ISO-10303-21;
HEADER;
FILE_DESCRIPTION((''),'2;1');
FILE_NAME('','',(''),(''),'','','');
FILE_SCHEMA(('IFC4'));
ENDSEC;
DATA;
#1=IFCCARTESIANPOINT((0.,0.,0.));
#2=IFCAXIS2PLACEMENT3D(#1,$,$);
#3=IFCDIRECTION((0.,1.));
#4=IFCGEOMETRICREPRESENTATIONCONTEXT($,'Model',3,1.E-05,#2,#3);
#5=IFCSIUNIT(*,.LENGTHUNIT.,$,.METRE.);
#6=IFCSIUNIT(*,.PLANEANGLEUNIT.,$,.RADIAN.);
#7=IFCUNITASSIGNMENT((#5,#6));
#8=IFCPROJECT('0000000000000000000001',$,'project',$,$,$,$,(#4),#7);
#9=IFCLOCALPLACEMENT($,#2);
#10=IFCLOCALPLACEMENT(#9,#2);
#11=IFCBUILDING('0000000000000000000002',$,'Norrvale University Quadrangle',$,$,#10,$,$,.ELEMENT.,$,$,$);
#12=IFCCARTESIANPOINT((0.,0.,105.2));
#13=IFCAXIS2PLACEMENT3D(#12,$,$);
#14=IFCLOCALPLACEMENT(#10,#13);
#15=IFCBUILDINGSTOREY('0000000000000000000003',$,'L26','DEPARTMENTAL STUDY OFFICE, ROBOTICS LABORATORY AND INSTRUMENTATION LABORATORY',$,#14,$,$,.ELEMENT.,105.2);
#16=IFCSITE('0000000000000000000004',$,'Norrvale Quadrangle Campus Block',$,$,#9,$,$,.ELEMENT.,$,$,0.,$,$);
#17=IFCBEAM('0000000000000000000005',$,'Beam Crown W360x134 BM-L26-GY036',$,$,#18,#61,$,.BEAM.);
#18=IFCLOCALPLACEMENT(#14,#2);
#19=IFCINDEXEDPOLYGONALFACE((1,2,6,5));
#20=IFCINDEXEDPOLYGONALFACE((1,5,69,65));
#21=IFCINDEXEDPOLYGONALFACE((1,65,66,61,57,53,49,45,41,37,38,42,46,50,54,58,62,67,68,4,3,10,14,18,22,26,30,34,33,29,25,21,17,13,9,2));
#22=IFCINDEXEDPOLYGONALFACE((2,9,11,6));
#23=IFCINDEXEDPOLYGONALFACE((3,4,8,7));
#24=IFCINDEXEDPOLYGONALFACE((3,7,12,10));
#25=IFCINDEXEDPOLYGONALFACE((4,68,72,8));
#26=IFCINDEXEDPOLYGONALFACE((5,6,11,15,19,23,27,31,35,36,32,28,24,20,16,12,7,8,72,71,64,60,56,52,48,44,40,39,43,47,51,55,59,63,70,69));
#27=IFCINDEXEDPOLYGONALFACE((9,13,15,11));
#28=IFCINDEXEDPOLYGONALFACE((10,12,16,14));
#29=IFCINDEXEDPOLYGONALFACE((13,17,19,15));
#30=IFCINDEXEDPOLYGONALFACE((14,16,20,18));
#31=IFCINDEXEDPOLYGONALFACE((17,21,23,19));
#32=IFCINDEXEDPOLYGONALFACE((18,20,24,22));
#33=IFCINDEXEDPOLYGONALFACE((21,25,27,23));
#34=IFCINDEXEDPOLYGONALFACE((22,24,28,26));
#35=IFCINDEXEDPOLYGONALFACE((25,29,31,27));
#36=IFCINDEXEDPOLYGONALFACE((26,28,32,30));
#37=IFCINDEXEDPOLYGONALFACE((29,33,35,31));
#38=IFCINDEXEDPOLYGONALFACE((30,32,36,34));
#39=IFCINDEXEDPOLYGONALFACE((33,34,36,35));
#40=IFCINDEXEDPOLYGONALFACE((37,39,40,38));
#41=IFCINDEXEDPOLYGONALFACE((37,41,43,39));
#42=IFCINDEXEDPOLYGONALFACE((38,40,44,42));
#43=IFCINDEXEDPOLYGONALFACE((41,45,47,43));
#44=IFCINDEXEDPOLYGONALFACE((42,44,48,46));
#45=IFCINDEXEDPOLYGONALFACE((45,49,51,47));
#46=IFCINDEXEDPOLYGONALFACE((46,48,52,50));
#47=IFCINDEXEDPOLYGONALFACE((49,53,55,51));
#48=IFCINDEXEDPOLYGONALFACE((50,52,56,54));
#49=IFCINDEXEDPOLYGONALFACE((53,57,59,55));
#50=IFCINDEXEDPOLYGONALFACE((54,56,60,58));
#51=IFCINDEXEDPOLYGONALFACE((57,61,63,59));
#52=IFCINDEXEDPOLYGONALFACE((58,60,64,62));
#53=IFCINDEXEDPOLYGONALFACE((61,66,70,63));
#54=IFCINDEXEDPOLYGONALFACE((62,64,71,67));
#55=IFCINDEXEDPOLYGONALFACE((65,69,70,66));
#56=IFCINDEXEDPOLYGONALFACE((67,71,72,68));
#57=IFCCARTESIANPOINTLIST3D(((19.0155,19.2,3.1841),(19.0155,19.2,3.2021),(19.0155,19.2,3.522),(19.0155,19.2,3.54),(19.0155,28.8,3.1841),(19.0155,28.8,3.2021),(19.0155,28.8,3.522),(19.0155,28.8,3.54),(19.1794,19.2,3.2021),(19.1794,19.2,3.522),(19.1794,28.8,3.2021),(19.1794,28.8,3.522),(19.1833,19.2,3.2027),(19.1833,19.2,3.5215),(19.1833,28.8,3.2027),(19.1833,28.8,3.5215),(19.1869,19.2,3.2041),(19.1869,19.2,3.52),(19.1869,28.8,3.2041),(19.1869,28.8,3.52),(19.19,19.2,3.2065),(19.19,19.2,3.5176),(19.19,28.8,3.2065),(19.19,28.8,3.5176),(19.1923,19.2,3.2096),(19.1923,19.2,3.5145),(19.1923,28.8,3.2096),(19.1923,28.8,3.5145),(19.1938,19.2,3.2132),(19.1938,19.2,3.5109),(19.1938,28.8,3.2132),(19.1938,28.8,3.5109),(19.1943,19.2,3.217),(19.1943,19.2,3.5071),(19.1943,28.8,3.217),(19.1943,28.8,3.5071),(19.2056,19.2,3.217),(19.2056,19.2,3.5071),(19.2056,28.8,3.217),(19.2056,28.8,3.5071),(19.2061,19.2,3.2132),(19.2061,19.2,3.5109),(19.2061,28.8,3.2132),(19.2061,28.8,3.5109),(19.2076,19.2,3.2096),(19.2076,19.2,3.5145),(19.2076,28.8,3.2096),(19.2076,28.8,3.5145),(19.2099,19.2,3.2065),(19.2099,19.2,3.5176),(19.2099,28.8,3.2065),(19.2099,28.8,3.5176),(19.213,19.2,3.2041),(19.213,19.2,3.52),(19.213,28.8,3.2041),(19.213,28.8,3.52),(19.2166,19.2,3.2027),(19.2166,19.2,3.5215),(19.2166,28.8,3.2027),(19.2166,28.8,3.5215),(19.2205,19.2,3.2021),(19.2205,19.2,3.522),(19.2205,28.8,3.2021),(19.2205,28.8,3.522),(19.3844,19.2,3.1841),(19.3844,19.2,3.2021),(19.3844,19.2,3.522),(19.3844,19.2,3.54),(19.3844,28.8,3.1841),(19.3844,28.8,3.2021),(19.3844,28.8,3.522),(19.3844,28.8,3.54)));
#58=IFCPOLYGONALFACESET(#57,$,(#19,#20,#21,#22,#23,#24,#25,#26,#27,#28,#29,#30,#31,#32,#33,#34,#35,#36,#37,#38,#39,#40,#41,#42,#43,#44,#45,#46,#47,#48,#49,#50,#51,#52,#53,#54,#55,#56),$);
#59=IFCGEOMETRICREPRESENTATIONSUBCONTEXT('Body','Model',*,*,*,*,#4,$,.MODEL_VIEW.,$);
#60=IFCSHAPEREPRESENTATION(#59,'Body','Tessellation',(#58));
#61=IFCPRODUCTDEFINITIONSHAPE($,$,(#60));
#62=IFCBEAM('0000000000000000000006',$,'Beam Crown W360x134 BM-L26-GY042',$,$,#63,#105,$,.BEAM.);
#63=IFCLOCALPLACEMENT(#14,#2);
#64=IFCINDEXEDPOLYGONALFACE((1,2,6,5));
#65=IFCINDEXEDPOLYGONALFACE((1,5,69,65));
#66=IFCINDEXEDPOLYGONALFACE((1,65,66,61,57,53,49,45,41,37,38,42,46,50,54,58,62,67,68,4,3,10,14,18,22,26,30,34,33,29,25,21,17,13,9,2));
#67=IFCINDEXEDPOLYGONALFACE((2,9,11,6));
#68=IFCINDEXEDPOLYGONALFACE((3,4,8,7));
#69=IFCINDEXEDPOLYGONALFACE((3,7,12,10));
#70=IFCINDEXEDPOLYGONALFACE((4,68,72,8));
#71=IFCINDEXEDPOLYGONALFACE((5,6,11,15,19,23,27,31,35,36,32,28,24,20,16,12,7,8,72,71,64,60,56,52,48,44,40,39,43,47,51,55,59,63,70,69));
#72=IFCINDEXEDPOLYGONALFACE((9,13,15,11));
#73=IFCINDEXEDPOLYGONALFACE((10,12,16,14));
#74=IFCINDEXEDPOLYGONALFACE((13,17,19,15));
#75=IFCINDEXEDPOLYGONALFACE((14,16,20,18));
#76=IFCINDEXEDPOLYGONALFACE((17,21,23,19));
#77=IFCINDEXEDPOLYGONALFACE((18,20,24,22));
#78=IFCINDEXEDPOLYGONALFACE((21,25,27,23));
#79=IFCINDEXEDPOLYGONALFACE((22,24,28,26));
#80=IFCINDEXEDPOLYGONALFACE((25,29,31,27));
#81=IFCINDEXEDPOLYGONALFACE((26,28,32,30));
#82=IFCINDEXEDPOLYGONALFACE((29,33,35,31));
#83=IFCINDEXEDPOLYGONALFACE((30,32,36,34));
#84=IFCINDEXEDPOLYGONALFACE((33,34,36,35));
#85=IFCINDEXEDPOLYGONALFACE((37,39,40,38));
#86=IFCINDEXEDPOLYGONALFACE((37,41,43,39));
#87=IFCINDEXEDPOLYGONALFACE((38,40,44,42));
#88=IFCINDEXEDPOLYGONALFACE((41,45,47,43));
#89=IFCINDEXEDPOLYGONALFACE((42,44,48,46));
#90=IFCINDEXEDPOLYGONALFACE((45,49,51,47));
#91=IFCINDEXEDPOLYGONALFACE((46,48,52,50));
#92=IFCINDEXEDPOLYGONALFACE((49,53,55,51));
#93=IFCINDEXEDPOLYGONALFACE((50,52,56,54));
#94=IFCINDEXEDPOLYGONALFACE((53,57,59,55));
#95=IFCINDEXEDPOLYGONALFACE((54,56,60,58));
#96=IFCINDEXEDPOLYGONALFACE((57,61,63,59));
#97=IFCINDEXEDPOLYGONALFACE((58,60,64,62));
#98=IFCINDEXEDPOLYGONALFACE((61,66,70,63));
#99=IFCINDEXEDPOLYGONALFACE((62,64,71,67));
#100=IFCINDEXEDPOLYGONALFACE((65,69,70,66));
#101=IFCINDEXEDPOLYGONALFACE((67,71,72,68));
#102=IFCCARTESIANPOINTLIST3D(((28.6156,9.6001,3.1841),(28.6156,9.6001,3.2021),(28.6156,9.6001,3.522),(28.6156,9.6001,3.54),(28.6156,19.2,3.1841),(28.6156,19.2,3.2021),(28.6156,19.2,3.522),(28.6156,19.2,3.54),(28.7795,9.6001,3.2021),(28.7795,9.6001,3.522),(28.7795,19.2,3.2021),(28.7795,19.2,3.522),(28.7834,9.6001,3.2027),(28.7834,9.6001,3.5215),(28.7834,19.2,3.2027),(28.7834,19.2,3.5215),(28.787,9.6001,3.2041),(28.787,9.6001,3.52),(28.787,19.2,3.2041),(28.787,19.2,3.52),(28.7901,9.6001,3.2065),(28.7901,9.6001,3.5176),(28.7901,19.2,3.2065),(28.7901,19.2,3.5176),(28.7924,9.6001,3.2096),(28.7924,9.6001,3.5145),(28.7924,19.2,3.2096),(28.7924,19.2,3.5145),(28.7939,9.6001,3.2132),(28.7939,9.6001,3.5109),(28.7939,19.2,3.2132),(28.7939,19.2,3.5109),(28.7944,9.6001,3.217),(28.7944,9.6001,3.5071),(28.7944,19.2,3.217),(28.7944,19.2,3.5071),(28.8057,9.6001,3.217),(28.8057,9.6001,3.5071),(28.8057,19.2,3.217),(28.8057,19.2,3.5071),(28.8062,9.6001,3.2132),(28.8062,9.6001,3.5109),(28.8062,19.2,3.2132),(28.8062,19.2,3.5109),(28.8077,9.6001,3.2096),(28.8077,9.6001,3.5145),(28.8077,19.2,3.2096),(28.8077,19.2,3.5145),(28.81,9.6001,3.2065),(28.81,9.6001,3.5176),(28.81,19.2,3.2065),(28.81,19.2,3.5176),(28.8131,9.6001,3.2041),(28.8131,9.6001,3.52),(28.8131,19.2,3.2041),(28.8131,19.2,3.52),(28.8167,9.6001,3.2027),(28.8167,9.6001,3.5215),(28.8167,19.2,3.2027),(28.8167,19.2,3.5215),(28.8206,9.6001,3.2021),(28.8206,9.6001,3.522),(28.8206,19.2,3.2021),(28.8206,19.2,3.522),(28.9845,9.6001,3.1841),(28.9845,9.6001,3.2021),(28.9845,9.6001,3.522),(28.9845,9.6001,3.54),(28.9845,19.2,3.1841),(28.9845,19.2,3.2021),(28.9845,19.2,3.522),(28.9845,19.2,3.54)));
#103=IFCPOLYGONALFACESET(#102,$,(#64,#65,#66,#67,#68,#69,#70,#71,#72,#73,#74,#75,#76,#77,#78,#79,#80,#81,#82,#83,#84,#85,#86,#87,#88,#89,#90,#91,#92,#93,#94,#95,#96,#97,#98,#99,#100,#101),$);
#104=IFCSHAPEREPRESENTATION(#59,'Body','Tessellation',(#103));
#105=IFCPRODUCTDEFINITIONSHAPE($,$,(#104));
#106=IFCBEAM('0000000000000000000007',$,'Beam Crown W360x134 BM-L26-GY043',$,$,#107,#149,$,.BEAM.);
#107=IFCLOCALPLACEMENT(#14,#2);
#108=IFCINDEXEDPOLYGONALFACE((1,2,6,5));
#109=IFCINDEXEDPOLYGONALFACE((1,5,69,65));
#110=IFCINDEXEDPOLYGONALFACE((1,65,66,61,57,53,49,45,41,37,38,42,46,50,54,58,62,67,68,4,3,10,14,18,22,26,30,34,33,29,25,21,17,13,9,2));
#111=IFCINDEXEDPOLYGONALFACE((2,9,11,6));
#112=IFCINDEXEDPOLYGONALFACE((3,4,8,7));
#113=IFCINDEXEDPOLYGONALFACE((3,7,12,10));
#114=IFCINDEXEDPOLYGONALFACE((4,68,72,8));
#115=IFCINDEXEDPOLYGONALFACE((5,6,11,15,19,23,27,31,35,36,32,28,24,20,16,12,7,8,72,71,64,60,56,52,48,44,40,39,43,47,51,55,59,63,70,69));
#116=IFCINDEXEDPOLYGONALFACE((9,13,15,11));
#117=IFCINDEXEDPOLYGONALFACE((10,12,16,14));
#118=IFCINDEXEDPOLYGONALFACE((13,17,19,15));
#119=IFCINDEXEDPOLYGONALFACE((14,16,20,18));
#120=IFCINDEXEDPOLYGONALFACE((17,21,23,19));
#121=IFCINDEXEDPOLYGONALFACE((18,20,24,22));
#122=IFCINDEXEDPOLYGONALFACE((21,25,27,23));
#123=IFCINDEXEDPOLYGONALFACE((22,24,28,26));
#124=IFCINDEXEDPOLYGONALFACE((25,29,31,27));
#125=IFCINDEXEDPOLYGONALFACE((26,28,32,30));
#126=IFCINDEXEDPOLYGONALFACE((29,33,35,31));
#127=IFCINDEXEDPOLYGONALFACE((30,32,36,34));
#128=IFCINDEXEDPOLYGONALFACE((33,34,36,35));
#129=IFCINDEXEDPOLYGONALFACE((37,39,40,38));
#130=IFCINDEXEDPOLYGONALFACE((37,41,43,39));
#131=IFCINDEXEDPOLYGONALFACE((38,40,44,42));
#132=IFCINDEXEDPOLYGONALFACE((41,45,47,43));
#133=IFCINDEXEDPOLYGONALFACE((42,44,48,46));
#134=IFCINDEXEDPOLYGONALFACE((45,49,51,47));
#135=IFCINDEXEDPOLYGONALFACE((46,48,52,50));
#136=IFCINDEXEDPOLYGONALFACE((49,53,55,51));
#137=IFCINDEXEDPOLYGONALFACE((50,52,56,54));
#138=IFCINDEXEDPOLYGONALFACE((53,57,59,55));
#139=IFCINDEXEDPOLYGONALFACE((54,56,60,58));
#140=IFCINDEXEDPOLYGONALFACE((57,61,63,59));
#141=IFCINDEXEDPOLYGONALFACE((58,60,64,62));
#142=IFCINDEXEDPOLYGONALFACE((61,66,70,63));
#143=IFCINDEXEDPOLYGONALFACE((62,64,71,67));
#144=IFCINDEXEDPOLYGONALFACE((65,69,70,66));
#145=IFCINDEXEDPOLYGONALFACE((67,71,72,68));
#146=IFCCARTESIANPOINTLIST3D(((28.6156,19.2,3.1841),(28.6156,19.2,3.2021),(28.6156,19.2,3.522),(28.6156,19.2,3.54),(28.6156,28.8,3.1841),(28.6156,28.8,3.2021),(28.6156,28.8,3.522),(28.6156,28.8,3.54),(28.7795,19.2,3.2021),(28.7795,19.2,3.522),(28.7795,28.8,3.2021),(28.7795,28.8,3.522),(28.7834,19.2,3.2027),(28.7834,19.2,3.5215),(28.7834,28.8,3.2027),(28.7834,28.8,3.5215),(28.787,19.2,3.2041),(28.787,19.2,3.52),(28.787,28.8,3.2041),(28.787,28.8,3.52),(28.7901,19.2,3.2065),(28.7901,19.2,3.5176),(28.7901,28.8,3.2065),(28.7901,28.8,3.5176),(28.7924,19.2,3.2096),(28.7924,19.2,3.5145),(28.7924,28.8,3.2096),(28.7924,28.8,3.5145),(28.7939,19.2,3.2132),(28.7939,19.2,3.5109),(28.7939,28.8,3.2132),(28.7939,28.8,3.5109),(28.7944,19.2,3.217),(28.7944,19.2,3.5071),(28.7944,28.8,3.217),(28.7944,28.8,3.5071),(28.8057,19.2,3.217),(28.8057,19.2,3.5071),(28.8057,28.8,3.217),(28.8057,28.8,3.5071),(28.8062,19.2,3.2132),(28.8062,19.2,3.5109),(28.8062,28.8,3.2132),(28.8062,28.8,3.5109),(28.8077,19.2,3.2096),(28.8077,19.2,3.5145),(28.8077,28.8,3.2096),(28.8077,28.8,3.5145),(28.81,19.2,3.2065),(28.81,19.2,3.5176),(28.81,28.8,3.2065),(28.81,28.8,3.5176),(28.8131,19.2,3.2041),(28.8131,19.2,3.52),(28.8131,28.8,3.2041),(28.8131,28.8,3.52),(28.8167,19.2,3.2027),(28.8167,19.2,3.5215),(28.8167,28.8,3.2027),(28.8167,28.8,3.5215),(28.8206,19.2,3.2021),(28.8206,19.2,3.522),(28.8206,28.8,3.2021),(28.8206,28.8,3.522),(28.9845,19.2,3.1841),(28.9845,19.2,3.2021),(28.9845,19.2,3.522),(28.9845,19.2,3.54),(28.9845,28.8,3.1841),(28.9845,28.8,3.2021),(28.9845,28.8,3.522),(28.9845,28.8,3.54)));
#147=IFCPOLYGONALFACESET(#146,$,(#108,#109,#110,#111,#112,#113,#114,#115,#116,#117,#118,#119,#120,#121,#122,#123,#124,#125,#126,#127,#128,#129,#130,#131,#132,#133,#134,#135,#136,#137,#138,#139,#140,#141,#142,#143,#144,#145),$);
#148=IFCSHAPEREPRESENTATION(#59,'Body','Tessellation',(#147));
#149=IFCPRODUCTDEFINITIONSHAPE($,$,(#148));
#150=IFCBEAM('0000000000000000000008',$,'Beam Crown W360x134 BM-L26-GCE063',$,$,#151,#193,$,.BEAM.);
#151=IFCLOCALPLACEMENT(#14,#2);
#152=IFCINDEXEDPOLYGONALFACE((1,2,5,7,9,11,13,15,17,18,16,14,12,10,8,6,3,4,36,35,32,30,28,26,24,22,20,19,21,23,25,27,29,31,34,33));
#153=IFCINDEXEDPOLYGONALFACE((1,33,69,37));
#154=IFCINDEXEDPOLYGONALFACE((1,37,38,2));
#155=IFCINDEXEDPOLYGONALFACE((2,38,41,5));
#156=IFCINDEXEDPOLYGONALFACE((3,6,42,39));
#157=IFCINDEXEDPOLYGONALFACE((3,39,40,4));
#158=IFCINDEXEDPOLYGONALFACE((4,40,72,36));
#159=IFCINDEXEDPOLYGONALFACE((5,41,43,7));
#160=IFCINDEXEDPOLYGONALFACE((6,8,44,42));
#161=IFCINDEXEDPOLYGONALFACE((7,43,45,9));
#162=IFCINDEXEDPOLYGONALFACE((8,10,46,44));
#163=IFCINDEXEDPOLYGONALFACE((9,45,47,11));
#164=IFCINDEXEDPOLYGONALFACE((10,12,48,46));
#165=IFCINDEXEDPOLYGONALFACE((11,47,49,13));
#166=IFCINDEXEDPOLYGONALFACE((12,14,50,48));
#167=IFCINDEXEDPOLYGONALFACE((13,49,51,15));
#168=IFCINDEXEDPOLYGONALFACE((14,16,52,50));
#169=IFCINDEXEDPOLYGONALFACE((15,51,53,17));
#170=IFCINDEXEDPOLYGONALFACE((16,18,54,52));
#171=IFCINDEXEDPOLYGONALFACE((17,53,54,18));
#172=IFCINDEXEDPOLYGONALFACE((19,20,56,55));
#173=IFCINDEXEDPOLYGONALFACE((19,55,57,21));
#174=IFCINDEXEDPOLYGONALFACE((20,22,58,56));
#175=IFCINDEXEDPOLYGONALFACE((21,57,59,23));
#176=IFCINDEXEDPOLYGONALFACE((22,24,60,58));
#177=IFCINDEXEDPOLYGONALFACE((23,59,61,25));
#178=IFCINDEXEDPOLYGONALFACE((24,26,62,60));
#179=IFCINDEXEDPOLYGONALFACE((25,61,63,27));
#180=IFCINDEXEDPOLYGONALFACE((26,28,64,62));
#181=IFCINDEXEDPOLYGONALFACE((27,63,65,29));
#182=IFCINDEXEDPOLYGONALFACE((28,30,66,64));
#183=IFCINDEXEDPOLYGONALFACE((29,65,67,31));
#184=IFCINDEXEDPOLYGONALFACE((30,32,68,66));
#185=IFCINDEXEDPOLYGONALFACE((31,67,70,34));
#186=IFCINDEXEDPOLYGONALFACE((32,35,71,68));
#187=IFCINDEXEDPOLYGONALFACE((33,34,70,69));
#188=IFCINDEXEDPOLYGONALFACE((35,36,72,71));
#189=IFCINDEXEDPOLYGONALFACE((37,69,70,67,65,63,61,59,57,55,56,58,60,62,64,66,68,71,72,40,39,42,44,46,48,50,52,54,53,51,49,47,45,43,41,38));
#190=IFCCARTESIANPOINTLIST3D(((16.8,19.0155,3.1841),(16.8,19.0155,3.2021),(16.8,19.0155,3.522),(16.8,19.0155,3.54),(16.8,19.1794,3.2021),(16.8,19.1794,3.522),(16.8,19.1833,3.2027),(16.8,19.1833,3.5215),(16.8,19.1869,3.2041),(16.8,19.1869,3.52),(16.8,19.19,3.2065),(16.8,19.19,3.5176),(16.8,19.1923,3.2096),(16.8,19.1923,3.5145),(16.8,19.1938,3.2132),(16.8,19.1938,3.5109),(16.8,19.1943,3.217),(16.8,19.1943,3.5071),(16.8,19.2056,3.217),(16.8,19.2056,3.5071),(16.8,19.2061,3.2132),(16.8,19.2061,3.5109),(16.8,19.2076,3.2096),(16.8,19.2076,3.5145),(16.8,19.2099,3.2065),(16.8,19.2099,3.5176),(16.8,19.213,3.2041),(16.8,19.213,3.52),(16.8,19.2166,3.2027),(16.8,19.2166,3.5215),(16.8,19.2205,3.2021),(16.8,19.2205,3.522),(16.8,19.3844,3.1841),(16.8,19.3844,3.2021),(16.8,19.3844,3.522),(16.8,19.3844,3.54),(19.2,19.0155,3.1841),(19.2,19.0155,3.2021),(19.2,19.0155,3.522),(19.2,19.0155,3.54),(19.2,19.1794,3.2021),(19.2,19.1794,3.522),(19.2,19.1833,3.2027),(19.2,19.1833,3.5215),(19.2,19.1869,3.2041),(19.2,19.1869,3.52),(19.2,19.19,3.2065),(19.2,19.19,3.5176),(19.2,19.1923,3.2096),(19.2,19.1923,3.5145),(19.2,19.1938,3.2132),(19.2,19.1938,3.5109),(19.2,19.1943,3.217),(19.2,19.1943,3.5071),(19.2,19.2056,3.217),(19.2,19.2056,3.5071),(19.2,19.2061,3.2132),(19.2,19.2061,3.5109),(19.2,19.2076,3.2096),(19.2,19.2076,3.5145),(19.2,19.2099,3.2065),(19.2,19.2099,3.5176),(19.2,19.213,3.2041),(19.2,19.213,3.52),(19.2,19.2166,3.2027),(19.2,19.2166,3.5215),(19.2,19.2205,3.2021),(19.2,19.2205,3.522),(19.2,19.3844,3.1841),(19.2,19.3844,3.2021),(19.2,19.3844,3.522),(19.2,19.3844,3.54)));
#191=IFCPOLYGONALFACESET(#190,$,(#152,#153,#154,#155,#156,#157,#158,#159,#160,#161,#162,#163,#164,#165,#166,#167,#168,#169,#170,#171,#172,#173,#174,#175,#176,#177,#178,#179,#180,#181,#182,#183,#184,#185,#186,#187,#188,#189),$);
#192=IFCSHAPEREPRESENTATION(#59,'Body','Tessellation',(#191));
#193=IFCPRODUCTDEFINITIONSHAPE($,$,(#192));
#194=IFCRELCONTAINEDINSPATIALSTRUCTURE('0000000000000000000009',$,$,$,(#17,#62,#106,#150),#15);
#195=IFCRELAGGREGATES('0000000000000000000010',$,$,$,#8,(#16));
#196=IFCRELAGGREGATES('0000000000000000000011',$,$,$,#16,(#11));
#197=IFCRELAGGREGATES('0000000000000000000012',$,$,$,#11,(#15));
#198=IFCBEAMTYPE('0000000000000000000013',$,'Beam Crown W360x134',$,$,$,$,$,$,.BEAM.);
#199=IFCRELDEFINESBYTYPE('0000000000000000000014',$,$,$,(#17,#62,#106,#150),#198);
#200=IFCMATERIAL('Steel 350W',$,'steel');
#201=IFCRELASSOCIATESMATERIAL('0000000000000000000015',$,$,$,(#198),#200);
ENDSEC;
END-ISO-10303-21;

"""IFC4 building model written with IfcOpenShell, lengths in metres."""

from ifc_helpers import new_model, si_unit, direction, frame, origin, origin_2d, place, context, subcontext, project, spatial, i_section, extrude, material, material_profile, profile_set, type_object, element, save


model = new_model("IFC4")

# Units and contexts
model_context = context("Model", 3, precision=1e-05, world=origin(), true_north=direction((0.0, 1.0)))
body_context = subcontext(model_context, "Body", "Model", "MODEL_VIEW")
ifc_project = project(units=[si_unit("LENGTHUNIT", "METRE"), si_unit("PLANEANGLEUNIT", "RADIAN")], contexts=[model_context])

# Site, building, storey
site_placement = place(None, origin())
site = spatial("IfcSite", under=ifc_project, at=site_placement, Name="Norrvale Quadrangle Campus Block", CompositionType="ELEMENT", RefElevation=0.0)
building_placement = place(site_placement, origin())
building = spatial("IfcBuilding", under=site, at=building_placement, Name="Norrvale University Quadrangle", CompositionType="ELEMENT")
storey_placement = place(building_placement, frame((0.0, 0.0, 105.2)))
storey = spatial("IfcBuildingStorey", under=building, at=storey_placement, Name="L26", Description="DEPARTMENTAL STUDY OFFICE, ROBOTICS LABORATORY AND INSTRUMENTATION LABORATORY", CompositionType="ELEMENT", Elevation=105.2)

# Beams
ifc_material_1 = material(Name="Steel 350W", Category="steel")
ifc_material_profile_1 = material_profile(ifc_material_1, i_section(OverallWidth=0.3689, OverallDepth=0.356, WebThickness=0.0112, FlangeThickness=0.0181, FilletRadius=0.0149, at=origin_2d()), Name="Steel 350W")
ifc_profile_set_1 = profile_set([ifc_material_profile_1], Name="Steel 350W")
beam_type_1 = type_object("IfcBeamType", Name="Beam Crown W360x134", PredefinedType="BEAM", material=ifc_profile_set_1)
beam_1_placement = place(storey_placement, frame((19.2, 19.2, 3.3621), z_axis=(0.0, 1.0, 0.0), x_axis=(-1.0, 0.0, 0.0)))
element("IfcBeam", 1, at=beam_1_placement, inside=storey, type_object=beam_type_1, Name="Beam Crown W360x134 BM-L26-GY036", PredefinedType="BEAM", context=body_context, shape_type="SweptSolid", body=[
    extrude(i_section(OverallWidth=0.3689, OverallDepth=0.356, WebThickness=0.0112, FlangeThickness=0.0181, FilletRadius=0.0149, at=origin_2d()), origin(), (0.0, 0.0, 1.0), 9.6001),
])
beam_2_placement = place(storey_placement, frame((28.8, 9.6001, 3.3621), z_axis=(0.0, 1.0, 0.0), x_axis=(-1.0, 0.0, 0.0)))
element("IfcBeam", 2, at=beam_2_placement, inside=storey, type_object=beam_type_1, Name="Beam Crown W360x134 BM-L26-GY042", PredefinedType="BEAM", context=body_context, shape_type="SweptSolid", body=[
    extrude(i_section(OverallWidth=0.3689, OverallDepth=0.356, WebThickness=0.0112, FlangeThickness=0.0181, FilletRadius=0.0149, at=origin_2d()), origin(), (0.0, 0.0, 1.0), 9.5999),
])
beam_3_placement = place(storey_placement, frame((28.8, 19.2, 3.3621), z_axis=(0.0, 1.0, 0.0), x_axis=(-1.0, 0.0, 0.0)))
element("IfcBeam", 3, at=beam_3_placement, inside=storey, type_object=beam_type_1, Name="Beam Crown W360x134 BM-L26-GY043", PredefinedType="BEAM", context=body_context, shape_type="SweptSolid", body=[
    extrude(i_section(OverallWidth=0.3689, OverallDepth=0.356, WebThickness=0.0112, FlangeThickness=0.0181, FilletRadius=0.0149, at=origin_2d()), origin(), (0.0, 0.0, 1.0), 9.6001),
])
beam_4_placement = place(storey_placement, frame((16.8, 19.2, 3.3621), z_axis=(1.0, 0.0, 0.0), x_axis=(0.0, 1.0, 0.0)))
element("IfcBeam", 4, at=beam_4_placement, inside=storey, type_object=beam_type_1, Name="Beam Crown W360x134 BM-L26-GCE063", PredefinedType="BEAM", context=body_context, shape_type="SweptSolid", body=[
    extrude(i_section(OverallWidth=0.3689, OverallDepth=0.356, WebThickness=0.0112, FlangeThickness=0.0181, FilletRadius=0.0149, at=origin_2d()), origin(), (0.0, 0.0, 1.0), 2.3999),
])

save(model, "model.ifc")
